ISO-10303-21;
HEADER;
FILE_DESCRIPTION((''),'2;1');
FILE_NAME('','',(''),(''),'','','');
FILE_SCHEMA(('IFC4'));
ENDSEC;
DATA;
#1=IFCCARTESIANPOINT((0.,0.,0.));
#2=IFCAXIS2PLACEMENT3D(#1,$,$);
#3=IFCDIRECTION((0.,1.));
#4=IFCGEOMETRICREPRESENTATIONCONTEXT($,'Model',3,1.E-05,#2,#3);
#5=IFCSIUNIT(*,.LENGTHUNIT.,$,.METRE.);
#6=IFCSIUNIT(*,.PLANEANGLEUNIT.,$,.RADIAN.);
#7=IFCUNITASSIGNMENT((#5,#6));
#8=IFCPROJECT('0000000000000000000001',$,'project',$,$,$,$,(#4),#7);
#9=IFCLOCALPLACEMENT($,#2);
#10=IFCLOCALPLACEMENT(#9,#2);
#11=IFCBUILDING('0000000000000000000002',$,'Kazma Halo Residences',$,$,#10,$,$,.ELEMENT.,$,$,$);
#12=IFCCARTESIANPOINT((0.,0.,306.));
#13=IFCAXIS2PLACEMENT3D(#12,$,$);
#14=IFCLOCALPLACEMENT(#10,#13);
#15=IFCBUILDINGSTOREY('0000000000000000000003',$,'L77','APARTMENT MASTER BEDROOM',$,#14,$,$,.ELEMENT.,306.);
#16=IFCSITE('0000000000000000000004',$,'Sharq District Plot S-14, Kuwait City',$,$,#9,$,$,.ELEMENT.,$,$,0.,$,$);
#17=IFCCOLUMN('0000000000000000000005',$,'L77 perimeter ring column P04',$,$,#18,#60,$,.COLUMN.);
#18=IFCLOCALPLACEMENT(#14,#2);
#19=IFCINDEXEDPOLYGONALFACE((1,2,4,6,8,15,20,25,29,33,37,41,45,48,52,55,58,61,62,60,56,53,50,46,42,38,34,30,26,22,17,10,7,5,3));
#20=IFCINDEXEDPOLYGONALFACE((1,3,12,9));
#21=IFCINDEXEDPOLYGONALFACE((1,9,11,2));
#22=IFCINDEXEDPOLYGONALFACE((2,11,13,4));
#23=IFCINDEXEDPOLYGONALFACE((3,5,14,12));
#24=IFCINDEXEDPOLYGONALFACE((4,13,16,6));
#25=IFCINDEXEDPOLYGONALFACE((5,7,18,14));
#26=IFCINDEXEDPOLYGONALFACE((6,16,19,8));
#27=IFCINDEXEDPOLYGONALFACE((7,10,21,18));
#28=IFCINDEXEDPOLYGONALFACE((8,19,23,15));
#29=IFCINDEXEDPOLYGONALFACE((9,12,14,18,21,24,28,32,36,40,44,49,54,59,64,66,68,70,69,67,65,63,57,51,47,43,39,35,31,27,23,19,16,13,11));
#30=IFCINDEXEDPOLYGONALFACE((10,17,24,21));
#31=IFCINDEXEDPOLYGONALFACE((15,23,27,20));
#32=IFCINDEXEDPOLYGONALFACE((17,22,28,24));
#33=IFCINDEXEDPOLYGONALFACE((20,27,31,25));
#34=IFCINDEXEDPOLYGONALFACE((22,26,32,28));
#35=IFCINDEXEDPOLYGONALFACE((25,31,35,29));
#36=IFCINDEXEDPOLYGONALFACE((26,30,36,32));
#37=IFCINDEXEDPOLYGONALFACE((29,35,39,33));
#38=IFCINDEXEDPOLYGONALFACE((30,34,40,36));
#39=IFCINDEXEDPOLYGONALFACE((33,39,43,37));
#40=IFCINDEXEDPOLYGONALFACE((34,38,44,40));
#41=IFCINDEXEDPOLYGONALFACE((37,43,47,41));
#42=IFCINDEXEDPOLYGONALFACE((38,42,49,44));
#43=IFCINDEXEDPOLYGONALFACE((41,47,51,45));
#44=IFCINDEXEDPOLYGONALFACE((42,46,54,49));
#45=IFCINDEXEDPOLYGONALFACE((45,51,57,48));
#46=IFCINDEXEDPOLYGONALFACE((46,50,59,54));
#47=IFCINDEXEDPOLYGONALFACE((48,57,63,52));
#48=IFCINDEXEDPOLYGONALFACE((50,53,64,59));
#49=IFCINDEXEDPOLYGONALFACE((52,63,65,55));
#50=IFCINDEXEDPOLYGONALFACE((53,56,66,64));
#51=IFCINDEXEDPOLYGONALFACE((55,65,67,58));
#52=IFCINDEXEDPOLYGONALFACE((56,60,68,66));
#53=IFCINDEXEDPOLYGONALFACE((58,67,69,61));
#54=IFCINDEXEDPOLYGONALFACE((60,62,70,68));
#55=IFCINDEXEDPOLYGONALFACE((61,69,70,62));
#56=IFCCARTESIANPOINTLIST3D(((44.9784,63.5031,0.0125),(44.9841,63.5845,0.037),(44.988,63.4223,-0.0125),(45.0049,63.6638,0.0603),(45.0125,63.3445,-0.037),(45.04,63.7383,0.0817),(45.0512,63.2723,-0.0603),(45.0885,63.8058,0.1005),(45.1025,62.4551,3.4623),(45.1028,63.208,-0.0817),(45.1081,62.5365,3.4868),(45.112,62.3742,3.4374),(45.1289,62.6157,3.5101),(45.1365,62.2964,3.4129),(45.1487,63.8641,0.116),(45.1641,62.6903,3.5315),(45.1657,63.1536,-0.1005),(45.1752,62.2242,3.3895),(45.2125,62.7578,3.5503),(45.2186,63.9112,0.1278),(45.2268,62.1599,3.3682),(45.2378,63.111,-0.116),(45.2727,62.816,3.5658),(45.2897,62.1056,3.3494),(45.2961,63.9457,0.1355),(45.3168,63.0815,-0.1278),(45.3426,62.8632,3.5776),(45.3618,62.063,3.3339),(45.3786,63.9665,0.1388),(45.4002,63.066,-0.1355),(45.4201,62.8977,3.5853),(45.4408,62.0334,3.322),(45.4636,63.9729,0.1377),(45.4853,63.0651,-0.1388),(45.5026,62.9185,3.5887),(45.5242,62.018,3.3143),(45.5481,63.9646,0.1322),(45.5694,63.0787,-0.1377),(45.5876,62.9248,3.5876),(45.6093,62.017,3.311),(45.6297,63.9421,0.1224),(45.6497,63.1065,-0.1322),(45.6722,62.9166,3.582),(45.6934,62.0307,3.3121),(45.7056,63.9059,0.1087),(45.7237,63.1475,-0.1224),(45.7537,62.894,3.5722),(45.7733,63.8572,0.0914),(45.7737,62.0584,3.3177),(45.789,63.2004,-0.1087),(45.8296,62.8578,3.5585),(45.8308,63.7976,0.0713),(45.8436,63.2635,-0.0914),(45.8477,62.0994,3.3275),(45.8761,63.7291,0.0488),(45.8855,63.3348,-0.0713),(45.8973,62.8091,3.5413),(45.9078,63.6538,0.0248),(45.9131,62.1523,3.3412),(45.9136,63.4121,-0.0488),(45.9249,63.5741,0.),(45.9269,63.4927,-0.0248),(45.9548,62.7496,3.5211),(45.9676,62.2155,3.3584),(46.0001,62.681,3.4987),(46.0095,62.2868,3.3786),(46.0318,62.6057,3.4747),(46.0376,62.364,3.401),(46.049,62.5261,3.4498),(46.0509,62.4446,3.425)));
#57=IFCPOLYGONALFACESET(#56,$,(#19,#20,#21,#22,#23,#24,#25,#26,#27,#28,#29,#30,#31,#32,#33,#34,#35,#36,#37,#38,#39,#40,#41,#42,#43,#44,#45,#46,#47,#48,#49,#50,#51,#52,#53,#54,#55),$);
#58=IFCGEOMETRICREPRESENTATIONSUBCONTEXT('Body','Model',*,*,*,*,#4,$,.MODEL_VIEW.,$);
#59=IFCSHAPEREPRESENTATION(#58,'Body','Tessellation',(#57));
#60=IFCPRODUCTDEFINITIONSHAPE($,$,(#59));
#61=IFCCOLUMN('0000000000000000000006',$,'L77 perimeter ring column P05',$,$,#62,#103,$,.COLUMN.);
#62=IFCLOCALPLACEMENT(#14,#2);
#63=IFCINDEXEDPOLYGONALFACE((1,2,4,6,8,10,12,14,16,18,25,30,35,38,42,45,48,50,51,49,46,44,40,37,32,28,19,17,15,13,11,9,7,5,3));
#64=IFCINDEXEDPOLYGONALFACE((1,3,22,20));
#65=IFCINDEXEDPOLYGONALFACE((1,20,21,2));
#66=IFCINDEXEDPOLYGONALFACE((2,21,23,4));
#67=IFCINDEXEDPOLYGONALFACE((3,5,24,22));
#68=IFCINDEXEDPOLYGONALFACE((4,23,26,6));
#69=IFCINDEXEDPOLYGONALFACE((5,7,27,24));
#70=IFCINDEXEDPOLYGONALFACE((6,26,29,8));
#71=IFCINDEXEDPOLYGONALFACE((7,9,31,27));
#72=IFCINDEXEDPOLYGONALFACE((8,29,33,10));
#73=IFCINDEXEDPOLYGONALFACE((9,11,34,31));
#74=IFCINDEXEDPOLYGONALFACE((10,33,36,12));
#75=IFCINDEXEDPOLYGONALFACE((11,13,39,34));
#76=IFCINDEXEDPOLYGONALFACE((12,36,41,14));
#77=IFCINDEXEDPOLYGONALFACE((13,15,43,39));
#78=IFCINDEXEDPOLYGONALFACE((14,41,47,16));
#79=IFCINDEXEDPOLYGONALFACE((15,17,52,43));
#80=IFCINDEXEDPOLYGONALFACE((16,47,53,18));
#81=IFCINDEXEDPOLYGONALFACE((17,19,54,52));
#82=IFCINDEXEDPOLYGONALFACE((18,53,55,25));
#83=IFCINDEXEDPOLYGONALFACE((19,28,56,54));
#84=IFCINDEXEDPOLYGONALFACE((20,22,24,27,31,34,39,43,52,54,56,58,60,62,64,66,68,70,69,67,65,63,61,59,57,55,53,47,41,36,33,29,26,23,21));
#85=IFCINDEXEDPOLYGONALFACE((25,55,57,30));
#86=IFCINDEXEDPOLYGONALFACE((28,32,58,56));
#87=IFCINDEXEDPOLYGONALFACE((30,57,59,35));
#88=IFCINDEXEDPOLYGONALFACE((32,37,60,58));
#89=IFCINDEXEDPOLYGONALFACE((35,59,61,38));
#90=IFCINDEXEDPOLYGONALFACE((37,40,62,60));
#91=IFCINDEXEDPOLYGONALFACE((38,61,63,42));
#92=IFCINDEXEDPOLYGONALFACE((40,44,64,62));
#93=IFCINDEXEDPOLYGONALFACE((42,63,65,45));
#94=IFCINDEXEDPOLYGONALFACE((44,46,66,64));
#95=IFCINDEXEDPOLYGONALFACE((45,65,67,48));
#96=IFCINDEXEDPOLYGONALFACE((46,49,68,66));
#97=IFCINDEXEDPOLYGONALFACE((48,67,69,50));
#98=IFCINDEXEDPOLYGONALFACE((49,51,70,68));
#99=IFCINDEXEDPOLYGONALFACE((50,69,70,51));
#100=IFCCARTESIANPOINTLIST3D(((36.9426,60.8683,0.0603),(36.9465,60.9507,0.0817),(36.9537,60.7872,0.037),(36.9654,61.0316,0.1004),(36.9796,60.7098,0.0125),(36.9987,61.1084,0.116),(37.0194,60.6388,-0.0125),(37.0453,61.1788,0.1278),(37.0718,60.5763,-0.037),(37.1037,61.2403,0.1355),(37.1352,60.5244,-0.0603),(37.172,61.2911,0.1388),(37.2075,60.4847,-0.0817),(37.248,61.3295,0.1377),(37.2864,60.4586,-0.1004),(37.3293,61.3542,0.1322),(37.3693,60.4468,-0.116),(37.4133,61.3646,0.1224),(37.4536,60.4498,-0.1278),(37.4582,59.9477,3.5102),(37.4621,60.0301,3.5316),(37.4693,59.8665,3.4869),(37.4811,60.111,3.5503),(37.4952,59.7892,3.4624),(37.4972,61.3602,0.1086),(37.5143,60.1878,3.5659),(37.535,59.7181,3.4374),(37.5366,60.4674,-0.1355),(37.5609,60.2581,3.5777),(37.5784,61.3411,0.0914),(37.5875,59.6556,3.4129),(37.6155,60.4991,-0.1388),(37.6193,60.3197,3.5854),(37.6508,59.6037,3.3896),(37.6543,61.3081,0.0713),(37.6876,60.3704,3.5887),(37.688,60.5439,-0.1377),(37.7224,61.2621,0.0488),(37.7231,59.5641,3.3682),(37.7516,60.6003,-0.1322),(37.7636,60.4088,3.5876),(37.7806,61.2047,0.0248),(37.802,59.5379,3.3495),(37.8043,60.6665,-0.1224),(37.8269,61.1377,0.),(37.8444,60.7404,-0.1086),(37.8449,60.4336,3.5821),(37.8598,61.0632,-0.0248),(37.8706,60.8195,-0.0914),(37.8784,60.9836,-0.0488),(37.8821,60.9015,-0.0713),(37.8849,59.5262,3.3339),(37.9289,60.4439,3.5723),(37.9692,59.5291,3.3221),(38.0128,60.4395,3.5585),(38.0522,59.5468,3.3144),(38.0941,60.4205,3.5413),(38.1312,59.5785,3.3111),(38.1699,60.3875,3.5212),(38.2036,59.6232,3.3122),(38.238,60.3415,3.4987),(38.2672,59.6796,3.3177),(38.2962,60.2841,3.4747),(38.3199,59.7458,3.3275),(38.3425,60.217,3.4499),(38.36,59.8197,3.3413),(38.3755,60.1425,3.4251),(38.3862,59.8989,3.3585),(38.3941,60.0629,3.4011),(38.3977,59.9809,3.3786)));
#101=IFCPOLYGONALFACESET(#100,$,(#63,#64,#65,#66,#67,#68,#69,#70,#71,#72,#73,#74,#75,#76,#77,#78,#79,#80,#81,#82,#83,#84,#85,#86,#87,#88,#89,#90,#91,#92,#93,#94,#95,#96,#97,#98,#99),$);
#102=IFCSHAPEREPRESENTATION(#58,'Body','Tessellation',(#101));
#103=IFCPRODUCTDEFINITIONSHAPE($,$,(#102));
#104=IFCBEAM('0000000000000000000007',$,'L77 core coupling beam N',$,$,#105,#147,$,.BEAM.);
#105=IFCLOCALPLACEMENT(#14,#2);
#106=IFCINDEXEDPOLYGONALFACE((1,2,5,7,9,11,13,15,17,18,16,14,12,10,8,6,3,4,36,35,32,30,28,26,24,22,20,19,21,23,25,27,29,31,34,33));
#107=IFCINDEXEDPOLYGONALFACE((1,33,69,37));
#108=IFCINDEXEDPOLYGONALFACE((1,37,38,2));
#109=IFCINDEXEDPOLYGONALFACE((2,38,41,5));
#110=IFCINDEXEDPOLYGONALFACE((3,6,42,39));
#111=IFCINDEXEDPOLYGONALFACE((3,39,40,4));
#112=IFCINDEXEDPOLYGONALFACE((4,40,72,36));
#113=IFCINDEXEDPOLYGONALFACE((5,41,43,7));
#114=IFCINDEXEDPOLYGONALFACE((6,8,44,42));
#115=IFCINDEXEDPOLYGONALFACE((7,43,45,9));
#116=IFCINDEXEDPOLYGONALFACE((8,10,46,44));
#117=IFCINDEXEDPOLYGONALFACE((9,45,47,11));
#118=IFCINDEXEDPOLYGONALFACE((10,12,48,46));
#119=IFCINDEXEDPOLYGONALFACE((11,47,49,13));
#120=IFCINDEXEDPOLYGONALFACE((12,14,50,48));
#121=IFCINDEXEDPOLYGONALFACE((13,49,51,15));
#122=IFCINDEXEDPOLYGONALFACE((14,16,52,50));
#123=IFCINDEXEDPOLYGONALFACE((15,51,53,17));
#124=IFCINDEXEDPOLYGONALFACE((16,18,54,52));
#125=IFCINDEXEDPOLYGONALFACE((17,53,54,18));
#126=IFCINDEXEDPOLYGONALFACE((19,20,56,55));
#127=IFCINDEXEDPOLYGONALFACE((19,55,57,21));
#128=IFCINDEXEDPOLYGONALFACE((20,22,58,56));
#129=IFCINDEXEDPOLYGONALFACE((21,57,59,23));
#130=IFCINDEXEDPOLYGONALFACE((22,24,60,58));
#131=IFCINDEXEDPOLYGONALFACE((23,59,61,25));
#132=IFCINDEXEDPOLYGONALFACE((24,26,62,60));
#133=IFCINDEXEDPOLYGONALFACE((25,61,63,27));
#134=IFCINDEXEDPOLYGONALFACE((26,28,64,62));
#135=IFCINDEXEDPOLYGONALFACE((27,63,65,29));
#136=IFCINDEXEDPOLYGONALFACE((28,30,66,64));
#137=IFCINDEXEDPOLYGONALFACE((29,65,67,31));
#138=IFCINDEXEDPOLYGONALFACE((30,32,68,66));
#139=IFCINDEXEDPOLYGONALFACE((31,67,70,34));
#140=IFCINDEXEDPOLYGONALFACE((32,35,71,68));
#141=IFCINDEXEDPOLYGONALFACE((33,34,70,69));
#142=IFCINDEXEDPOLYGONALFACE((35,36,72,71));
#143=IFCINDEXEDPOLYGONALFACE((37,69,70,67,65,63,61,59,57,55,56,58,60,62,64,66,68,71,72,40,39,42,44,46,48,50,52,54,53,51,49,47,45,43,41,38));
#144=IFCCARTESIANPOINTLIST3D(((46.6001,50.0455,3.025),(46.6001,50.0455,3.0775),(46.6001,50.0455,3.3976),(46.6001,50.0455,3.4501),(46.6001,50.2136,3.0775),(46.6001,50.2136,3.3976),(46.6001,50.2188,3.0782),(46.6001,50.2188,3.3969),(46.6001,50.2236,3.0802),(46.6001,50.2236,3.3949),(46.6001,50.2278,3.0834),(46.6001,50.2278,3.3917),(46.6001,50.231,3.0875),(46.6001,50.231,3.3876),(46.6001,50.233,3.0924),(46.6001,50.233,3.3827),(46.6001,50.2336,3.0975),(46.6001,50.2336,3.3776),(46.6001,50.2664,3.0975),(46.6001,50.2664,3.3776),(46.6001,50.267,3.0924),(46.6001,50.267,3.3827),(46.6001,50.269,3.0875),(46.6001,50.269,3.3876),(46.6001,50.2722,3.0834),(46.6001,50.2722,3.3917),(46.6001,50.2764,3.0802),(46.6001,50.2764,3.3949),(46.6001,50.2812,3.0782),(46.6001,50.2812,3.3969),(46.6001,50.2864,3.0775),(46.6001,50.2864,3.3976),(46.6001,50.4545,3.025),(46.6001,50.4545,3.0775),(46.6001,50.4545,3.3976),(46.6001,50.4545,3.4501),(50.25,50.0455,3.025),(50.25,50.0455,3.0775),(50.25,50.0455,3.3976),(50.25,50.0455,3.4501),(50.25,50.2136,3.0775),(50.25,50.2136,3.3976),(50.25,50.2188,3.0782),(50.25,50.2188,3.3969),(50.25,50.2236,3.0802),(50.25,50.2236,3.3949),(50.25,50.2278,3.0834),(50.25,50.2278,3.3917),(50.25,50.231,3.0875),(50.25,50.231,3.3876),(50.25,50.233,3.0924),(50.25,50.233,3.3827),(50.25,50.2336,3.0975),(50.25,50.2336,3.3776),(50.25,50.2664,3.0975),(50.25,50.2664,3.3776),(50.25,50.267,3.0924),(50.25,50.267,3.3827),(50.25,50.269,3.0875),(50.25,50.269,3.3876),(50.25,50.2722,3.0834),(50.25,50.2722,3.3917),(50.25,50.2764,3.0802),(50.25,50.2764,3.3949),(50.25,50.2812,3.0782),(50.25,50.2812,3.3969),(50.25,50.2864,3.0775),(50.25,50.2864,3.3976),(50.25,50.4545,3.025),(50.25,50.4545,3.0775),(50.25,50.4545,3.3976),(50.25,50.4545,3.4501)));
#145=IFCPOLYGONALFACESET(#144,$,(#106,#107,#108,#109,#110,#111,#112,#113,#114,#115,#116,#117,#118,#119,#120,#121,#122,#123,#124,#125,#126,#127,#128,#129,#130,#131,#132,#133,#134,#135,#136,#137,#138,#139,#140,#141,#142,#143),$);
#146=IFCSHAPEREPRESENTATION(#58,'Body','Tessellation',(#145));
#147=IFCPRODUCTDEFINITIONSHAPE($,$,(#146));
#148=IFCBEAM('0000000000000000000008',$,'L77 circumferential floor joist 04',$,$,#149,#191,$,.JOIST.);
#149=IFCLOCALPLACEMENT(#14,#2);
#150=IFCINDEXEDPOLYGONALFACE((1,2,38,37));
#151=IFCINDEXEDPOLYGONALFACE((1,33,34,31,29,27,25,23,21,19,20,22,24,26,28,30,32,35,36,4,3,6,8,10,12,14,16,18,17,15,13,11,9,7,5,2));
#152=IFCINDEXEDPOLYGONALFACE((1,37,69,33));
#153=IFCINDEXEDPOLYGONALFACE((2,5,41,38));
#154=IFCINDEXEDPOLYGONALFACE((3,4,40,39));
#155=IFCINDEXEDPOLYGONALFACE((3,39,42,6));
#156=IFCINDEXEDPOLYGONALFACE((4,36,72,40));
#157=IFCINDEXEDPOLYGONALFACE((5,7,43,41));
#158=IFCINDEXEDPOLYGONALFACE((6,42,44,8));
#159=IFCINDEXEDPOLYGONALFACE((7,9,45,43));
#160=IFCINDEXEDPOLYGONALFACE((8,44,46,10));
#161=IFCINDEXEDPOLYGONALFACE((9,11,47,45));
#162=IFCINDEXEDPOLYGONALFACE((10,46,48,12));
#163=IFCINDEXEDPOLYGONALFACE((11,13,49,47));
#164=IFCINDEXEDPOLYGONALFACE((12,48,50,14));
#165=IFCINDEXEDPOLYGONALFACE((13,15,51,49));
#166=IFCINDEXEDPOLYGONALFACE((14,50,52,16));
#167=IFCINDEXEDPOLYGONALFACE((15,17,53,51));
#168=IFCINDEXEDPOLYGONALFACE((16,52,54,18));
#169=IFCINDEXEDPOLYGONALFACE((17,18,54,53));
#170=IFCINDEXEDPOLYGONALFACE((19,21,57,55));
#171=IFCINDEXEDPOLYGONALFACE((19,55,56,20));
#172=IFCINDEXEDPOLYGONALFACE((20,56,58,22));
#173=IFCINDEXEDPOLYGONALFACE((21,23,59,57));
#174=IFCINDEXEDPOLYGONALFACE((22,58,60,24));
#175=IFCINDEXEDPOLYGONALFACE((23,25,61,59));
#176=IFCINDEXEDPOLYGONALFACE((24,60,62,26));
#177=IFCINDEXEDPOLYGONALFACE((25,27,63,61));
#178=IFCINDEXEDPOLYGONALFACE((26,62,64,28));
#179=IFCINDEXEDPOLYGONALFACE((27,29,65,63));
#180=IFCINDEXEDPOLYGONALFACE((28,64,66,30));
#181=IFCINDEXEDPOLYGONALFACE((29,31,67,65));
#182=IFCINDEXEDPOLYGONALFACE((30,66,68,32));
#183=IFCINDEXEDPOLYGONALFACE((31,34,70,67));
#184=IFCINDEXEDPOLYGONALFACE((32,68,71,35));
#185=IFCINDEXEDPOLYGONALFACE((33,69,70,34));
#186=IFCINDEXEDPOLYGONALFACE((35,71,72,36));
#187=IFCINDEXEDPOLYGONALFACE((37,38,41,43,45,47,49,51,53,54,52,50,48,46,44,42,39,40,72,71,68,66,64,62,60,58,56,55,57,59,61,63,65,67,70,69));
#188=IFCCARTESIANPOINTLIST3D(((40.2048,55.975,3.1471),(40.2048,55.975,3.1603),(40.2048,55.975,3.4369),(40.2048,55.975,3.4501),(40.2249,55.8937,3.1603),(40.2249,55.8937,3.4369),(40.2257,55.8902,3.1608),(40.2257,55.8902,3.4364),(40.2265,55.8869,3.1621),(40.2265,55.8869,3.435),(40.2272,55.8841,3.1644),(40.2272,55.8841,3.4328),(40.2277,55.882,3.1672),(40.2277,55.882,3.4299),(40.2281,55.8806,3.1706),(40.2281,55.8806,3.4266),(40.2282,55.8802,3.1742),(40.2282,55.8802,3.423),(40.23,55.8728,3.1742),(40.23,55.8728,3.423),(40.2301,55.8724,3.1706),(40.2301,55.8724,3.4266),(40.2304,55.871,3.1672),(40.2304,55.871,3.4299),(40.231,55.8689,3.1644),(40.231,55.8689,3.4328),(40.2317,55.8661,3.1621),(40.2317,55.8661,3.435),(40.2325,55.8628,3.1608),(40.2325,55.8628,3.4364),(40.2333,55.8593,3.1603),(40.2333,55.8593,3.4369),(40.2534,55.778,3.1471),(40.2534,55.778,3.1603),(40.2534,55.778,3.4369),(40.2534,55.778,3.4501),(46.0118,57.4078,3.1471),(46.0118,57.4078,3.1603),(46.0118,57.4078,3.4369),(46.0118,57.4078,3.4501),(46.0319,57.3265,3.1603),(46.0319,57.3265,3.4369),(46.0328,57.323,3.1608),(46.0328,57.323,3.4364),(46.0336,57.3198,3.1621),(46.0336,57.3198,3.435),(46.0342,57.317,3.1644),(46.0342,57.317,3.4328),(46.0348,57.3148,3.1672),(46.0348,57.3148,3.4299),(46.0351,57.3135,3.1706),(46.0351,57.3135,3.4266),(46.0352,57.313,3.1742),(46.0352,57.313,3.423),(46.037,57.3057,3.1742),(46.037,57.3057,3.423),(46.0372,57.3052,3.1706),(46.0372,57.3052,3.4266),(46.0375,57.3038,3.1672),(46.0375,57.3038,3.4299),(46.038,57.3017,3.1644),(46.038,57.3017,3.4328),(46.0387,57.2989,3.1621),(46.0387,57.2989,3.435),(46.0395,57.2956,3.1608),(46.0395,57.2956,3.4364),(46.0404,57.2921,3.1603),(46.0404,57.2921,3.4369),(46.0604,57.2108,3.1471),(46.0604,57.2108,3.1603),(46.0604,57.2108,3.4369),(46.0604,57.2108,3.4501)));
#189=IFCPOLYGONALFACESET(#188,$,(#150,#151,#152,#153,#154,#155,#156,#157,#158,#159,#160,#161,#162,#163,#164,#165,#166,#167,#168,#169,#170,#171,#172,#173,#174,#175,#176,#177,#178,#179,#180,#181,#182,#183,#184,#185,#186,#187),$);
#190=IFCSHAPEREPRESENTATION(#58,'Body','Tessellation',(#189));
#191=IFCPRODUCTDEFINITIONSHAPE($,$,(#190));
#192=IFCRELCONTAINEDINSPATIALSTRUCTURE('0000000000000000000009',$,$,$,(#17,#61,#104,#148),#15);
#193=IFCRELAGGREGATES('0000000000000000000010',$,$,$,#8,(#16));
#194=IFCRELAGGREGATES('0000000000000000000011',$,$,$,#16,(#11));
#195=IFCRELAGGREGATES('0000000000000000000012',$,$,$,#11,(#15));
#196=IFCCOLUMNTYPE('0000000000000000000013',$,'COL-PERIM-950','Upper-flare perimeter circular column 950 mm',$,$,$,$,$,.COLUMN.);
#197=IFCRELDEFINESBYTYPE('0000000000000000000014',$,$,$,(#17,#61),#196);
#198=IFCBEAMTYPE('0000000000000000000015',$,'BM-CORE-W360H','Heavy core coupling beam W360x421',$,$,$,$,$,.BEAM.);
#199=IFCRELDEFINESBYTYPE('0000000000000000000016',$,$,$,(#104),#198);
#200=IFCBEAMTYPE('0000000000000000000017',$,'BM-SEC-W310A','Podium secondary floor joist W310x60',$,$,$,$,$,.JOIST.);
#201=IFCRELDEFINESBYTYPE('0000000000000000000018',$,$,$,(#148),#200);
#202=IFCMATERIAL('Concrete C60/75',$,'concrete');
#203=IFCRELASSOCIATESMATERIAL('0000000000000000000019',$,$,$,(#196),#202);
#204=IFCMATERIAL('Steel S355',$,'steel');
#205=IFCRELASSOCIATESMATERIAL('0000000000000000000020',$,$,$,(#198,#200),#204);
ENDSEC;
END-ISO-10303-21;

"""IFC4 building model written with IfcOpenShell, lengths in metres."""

from ifc_helpers import new_model, si_unit, direction, frame, origin, origin_2d, place, context, subcontext, project, spatial, circle, i_section, extrude, material, material_profile, profile_set, type_object, element, save


model = new_model("IFC4")

# Units and contexts
model_context = context("Model", 3, precision=1e-05, world=origin(), true_north=direction((0.0, 1.0)))
body_context = subcontext(model_context, "Body", "Model", "MODEL_VIEW")
ifc_project = project(units=[si_unit("LENGTHUNIT", "METRE"), si_unit("PLANEANGLEUNIT", "RADIAN")], contexts=[model_context])

# Site, building, storey
site_placement = place(None, origin())
site = spatial("IfcSite", under=ifc_project, at=site_placement, Name="Sharq District Plot S-14, Kuwait City", CompositionType="ELEMENT", RefElevation=0.0)
building_placement = place(site_placement, origin())
building = spatial("IfcBuilding", under=site, at=building_placement, Name="Kazma Halo Residences", CompositionType="ELEMENT")
storey_placement = place(building_placement, frame((0.0, 0.0, 306.0)))
storey = spatial("IfcBuildingStorey", under=building, at=storey_placement, Name="L77", Description="APARTMENT MASTER BEDROOM", CompositionType="ELEMENT", Elevation=306.0)

# Columns
ifc_material_1 = material(Name="Concrete C60/75", Category="concrete")
ifc_material_profile_1 = material_profile(ifc_material_1, circle(Radius=0.4751, at=origin_2d()), Name="CIRC950")
ifc_profile_set_1 = profile_set([ifc_material_profile_1], Name="Concrete C60/75")
column_type = type_object("IfcColumnType", Name="COL-PERIM-950", Description="Upper-flare perimeter circular column 950 mm", PredefinedType="COLUMN", material=ifc_profile_set_1)
for number, where, z_axis, x_axis, name in (
    (1, (45.4531, 63.5183, 0.0), (0.034377, -0.29051, 0.956254), (0.993071, 0.117512, 0.0), "L77 perimeter ring column P04"),
    (2, (37.4124, 60.9055, 0.0), (0.142923, -0.25519, 0.956269), (0.872482, 0.488646, 0.0), "L77 perimeter ring column P05"),
):
    element("IfcColumn", number, at=place(storey_placement, frame(where, z_axis=z_axis, x_axis=x_axis)), inside=storey, type_object=column_type, Name=name, PredefinedType="COLUMN", context=body_context, shape_type="SweptSolid", body=[
        extrude(circle(Radius=0.4751, at=origin_2d()), origin(), (0.0, 0.0, 1.0), 3.6077),
    ])

# Beams
ifc_material_2 = material(Name="Steel S355", Category="steel")
ifc_material_profile_2 = material_profile(ifc_material_2, i_section(OverallWidth=0.4089, OverallDepth=0.425, WebThickness=0.0327, FlangeThickness=0.0525, FilletRadius=0.02, at=origin_2d()), Name="W360x421")
ifc_profile_set_2 = profile_set([ifc_material_profile_2], Name="Steel S355")
beam_type_1 = type_object("IfcBeamType", Name="BM-CORE-W360H", Description="Heavy core coupling beam W360x421", PredefinedType="BEAM", material=ifc_profile_set_2)
beam_1_placement = place(storey_placement, frame((46.6001, 50.25, 3.2375), z_axis=(1.0, 0.0, 0.0), x_axis=(0.0, 1.0, 0.0)))
element("IfcBeam", 3, at=beam_1_placement, inside=storey, type_object=beam_type_1, Name="L77 core coupling beam N", PredefinedType="BEAM", context=body_context, shape_type="SweptSolid", body=[
    extrude(i_section(OverallWidth=0.4089, OverallDepth=0.425, WebThickness=0.0327, FlangeThickness=0.0525, FilletRadius=0.02, at=origin_2d()), origin(), (0.0, 0.0, 1.0), 3.6499),
])
ifc_material_profile_3 = material_profile(ifc_material_2, i_section(OverallWidth=0.2029, OverallDepth=0.303, WebThickness=0.0076, FlangeThickness=0.0132, FilletRadius=0.0139, at=origin_2d()), Name="W310x60")
ifc_profile_set_3 = profile_set([ifc_material_profile_3], Name="Steel S355")
beam_type_2 = type_object("IfcBeamType", Name="BM-SEC-W310A", Description="Podium secondary floor joist W310x60", PredefinedType="JOIST", material=ifc_profile_set_3)
beam_2_placement = place(storey_placement, frame((46.0361, 57.3093, 3.2986), z_axis=(-0.970882, -0.239557, 0.0), x_axis=(0.239557, -0.970882, 0.0)))
element("IfcBeam", 4, at=beam_2_placement, inside=storey, type_object=beam_type_2, Name="L77 circumferential floor joist 04", PredefinedType="JOIST", context=body_context, shape_type="SweptSolid", body=[
    extrude(i_section(OverallWidth=0.2029, OverallDepth=0.303, WebThickness=0.0076, FlangeThickness=0.0132, FilletRadius=0.0139, at=origin_2d()), origin(), (0.0, 0.0, 1.0), 5.9812),
])

save(model, "model.ifc")
